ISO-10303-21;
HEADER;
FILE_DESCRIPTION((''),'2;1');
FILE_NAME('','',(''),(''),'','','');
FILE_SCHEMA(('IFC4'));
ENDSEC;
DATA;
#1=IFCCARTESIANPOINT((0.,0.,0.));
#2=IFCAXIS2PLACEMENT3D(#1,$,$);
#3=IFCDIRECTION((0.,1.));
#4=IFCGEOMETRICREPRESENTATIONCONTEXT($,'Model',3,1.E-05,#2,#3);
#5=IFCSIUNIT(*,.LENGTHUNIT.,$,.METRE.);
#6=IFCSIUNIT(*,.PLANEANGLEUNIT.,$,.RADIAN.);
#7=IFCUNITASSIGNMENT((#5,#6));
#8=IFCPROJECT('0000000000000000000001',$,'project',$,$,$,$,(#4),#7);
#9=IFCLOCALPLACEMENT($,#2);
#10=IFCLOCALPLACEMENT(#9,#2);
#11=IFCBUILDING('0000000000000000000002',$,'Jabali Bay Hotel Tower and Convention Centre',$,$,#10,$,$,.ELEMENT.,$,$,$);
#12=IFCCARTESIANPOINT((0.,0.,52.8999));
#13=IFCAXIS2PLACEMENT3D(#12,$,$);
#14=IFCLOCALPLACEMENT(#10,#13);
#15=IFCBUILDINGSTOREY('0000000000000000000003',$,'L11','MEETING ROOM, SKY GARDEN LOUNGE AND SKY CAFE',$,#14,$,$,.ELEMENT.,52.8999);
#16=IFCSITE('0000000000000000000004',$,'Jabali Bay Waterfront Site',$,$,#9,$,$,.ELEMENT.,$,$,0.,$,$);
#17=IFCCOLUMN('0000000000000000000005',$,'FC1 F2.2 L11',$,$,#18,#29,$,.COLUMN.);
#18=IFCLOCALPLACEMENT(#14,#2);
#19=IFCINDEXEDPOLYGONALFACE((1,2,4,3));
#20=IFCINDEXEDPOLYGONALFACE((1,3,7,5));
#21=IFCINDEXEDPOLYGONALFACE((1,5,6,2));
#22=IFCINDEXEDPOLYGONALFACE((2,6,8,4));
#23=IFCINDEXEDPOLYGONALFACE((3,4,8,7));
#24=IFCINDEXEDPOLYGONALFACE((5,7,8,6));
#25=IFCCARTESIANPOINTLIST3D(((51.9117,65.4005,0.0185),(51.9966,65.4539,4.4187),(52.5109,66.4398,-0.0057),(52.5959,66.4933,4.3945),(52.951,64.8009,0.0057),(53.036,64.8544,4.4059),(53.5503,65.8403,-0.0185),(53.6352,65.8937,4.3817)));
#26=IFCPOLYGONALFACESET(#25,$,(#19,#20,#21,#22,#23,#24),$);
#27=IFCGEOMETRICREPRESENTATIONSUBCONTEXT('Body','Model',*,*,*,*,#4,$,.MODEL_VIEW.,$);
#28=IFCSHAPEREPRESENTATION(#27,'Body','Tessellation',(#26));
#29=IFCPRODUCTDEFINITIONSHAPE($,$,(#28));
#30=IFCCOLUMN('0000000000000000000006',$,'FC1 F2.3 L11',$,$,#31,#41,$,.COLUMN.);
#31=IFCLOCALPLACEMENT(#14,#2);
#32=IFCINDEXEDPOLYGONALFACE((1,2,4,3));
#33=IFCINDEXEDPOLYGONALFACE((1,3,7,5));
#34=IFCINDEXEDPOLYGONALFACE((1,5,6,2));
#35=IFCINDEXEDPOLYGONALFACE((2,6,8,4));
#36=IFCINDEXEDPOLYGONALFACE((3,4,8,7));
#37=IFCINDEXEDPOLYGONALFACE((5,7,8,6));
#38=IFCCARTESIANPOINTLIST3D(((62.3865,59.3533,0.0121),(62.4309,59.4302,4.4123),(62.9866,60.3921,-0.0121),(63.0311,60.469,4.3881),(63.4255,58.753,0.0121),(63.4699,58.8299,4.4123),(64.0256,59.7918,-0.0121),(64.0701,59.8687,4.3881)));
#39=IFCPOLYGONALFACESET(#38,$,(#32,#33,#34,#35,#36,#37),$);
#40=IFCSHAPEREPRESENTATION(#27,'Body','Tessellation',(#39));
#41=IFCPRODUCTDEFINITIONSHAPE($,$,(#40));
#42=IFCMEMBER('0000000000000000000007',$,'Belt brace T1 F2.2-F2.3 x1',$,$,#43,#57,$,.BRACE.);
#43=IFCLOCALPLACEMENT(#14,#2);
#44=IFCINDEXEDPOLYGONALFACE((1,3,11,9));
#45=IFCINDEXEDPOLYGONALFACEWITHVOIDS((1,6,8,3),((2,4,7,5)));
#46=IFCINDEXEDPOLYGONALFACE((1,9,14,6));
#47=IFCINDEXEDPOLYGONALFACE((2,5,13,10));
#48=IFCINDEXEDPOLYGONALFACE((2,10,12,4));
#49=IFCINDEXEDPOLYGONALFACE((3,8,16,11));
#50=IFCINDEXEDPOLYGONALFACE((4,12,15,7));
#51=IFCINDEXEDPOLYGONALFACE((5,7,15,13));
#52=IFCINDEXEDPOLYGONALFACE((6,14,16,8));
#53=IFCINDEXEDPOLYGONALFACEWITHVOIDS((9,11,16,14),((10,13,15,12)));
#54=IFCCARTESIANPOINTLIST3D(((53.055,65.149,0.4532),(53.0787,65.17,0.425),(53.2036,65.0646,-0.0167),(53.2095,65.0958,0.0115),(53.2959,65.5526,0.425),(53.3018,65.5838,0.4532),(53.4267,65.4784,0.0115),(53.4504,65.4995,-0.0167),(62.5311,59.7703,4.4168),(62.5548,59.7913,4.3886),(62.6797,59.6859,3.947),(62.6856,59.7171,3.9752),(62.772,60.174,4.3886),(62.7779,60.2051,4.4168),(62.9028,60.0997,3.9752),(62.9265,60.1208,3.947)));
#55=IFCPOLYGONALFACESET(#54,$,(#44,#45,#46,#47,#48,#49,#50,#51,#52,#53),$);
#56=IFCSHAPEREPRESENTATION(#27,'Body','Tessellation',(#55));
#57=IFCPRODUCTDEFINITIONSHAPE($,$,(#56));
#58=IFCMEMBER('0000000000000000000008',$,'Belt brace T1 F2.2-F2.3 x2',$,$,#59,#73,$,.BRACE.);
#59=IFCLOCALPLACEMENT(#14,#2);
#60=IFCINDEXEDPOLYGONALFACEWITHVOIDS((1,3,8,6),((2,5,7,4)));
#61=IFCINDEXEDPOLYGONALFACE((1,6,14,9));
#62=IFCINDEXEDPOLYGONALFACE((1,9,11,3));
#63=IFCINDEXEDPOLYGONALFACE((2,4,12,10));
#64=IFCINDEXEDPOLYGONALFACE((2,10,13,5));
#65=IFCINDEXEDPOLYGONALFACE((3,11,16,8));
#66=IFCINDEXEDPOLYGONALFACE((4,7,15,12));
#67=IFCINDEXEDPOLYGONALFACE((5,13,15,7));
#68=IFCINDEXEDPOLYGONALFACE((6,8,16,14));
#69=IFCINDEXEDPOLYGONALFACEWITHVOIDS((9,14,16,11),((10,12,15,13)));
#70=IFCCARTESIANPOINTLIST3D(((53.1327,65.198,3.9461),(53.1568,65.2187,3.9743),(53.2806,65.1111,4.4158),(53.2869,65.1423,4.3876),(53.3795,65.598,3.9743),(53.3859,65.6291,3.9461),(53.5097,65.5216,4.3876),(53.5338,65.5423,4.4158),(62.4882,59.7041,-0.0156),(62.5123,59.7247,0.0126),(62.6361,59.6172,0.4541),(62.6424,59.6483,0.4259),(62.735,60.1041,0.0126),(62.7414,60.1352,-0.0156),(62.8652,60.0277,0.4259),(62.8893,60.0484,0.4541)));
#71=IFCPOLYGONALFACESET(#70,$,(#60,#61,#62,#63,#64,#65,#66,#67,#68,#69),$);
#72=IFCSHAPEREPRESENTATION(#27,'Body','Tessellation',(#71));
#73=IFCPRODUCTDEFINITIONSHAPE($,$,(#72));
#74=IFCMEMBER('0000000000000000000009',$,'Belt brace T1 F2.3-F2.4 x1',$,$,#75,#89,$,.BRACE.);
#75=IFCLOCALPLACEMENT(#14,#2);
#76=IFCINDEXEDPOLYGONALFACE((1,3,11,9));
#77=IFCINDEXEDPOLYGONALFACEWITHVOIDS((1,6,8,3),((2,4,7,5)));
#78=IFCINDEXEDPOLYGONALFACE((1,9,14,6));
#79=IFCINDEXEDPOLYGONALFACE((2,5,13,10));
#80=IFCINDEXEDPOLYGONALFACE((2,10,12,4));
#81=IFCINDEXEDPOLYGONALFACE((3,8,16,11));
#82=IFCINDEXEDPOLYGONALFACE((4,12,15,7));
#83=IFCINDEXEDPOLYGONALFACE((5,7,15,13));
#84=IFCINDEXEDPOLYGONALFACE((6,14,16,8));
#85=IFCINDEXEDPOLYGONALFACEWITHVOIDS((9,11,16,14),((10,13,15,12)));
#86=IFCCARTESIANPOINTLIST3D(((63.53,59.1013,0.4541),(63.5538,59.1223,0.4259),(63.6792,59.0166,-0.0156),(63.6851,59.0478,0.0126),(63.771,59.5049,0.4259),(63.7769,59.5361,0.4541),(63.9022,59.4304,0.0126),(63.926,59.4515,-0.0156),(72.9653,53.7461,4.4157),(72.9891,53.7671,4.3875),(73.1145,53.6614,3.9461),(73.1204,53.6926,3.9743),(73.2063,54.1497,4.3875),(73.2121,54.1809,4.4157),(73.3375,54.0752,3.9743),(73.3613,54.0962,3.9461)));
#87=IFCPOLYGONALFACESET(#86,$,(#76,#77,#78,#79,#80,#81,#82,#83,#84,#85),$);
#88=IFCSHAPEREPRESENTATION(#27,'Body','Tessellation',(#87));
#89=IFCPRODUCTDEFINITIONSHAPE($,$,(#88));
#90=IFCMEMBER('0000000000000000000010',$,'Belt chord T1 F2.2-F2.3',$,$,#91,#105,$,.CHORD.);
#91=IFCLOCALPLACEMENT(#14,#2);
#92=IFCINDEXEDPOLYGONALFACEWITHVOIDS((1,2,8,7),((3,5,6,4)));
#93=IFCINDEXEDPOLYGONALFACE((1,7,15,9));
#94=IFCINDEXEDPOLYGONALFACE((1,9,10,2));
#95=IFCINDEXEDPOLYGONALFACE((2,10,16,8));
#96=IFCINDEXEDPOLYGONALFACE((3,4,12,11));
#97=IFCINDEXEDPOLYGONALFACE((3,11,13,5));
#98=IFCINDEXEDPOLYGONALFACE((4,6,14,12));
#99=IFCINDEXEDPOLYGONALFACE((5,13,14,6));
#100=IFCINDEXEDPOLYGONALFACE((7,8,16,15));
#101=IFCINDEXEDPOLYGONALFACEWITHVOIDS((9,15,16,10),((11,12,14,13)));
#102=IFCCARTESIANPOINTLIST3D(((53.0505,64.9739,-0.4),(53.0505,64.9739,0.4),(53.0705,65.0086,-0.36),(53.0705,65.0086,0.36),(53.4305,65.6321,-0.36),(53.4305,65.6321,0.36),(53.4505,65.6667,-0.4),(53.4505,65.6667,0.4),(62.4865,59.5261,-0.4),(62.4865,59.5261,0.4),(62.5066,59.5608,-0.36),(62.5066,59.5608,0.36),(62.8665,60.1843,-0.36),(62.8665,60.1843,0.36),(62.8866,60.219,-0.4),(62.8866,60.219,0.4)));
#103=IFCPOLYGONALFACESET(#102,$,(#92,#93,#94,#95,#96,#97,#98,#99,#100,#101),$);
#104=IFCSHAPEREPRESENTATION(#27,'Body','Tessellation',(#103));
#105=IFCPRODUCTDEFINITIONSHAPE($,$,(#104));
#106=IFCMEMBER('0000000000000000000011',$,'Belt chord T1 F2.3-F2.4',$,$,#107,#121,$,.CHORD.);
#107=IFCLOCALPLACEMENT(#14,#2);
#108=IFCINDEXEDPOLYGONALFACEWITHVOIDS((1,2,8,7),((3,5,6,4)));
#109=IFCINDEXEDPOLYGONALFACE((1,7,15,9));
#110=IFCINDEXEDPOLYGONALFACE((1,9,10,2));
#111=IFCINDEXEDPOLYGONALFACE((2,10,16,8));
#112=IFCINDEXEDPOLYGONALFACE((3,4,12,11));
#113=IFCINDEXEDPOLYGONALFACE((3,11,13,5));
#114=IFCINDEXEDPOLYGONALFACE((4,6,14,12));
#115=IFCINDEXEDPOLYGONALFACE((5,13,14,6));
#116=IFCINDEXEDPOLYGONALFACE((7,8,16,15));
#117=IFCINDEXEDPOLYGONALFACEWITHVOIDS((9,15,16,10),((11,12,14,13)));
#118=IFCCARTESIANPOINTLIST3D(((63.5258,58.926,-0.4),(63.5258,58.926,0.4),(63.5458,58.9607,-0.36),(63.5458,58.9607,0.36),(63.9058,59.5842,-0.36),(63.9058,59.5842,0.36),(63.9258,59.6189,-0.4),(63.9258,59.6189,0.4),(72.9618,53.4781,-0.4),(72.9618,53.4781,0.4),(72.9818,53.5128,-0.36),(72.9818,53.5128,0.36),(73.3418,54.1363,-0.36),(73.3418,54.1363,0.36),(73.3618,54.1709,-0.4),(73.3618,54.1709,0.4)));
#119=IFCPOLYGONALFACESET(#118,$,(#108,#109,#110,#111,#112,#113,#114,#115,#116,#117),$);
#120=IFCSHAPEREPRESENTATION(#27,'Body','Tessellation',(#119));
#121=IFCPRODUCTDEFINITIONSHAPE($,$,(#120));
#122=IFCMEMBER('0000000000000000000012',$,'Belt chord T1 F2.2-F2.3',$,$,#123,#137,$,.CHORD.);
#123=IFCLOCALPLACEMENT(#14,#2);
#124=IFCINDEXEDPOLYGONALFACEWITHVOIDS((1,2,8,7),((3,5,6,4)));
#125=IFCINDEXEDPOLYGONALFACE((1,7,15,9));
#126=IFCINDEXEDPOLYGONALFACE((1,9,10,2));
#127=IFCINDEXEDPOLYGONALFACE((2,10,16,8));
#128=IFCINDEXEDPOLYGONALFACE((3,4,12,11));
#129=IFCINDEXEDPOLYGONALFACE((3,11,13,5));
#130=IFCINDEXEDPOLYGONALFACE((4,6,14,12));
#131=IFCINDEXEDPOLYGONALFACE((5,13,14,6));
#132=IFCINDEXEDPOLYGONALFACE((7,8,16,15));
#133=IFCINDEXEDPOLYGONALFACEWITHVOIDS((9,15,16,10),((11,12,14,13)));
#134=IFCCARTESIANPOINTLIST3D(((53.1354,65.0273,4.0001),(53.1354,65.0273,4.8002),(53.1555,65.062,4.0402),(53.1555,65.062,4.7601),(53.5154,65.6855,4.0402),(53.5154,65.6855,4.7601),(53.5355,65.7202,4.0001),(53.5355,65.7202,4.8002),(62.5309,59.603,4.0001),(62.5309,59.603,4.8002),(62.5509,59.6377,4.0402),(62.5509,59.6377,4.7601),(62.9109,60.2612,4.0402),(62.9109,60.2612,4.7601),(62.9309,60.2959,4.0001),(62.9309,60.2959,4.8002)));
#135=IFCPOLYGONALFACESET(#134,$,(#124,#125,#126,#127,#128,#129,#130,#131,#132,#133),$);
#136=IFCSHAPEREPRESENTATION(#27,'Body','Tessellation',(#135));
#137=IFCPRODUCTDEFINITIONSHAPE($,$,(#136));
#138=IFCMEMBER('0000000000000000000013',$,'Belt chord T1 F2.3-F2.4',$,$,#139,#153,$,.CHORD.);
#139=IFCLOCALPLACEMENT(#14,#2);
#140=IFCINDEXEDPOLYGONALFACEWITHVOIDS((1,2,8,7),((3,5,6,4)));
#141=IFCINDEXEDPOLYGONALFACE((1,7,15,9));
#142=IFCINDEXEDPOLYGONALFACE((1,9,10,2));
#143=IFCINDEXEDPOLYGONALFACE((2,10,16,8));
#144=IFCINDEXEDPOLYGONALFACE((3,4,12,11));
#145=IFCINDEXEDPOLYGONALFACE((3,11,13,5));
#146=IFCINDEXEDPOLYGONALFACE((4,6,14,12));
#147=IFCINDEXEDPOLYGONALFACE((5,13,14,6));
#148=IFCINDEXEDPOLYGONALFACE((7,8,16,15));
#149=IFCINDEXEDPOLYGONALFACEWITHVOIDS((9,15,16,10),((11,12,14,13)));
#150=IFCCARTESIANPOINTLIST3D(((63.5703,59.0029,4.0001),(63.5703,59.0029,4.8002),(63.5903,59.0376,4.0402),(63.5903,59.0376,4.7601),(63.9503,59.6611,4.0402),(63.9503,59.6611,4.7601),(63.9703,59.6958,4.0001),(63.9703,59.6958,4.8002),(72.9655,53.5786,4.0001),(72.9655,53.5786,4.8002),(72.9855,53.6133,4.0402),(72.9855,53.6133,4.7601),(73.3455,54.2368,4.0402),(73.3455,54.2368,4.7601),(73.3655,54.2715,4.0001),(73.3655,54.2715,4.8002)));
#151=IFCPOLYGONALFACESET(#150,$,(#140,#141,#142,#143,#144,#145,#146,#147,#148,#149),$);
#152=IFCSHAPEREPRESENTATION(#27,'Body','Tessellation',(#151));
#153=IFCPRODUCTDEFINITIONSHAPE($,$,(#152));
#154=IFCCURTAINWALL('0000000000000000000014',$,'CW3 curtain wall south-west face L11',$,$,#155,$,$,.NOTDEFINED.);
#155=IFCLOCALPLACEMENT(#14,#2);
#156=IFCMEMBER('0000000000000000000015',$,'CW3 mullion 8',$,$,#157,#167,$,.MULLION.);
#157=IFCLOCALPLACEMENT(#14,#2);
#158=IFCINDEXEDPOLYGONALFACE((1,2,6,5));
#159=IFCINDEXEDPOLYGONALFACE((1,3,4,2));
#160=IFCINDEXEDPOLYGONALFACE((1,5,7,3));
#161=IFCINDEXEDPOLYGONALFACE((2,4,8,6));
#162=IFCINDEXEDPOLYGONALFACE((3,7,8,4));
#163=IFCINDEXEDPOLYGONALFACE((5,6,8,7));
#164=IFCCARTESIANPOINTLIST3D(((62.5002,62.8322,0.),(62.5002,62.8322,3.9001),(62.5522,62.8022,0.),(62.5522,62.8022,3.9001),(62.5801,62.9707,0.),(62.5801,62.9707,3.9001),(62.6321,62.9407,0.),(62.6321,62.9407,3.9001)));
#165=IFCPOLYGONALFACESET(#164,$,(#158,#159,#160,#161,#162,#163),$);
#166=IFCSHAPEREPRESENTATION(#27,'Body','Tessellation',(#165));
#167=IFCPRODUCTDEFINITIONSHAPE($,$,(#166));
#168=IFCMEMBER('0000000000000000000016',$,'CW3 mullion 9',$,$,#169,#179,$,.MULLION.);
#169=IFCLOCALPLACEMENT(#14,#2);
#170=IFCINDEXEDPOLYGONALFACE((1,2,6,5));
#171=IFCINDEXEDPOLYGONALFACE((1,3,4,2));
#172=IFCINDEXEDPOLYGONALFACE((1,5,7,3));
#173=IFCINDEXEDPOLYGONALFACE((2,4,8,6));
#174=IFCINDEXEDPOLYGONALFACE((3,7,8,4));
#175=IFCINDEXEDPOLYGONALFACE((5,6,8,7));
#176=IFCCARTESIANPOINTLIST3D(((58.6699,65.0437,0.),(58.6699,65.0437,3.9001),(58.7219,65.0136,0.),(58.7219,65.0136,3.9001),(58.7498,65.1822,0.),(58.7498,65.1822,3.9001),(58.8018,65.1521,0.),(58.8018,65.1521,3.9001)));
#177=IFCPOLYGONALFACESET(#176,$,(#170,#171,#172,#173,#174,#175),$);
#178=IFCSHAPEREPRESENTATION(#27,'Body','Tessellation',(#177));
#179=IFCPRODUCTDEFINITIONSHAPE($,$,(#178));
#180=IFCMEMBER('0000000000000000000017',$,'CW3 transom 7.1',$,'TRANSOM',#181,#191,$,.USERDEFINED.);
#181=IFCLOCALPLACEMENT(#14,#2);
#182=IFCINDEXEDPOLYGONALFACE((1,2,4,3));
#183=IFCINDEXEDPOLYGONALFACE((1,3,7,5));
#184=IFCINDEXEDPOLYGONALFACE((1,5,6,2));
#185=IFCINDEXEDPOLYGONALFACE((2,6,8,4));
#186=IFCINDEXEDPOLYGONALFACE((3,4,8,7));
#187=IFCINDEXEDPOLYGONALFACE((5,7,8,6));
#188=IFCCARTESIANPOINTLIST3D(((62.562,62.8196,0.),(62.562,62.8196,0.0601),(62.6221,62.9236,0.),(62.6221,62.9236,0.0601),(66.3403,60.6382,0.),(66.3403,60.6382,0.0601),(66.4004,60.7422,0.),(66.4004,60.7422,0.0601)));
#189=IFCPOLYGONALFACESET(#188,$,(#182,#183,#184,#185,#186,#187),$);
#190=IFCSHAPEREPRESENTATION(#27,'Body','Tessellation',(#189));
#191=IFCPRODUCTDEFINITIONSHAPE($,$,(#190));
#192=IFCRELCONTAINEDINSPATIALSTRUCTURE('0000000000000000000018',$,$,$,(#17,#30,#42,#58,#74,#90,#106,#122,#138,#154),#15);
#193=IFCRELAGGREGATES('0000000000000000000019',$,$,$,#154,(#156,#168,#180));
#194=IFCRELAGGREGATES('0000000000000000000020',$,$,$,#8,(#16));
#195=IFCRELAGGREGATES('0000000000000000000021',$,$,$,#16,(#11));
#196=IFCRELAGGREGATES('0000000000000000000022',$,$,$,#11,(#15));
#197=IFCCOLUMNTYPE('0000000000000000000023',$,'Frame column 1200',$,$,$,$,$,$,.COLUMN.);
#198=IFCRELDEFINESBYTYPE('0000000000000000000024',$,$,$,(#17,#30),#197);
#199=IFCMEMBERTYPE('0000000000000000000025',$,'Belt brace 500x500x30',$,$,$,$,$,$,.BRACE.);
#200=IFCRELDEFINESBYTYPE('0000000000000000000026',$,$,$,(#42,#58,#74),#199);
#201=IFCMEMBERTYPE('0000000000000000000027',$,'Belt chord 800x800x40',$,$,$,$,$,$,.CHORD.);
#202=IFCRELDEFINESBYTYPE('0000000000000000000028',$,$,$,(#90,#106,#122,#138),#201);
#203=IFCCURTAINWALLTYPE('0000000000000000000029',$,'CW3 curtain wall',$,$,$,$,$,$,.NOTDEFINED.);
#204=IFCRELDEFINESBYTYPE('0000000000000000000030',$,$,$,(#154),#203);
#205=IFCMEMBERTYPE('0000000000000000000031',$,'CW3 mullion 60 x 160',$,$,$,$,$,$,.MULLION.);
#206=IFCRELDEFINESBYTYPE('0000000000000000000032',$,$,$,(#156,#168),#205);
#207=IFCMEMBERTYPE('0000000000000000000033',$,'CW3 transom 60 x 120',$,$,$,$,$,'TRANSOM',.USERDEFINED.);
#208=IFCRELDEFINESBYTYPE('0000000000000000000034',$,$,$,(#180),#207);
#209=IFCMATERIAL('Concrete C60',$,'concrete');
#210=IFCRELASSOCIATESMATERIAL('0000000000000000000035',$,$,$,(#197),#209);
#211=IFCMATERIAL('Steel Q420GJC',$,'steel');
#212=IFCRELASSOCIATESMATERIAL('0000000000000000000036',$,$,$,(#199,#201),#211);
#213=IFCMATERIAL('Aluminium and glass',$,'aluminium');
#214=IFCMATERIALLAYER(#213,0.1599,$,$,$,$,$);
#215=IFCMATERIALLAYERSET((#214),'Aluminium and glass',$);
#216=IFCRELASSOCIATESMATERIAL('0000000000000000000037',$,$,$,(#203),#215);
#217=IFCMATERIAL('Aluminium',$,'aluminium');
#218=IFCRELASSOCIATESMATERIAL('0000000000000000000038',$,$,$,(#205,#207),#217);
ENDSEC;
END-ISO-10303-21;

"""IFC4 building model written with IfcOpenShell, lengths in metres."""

from ifc_helpers import new_model, si_unit, direction, frame, origin, origin_2d, place, context, subcontext, project, spatial, rectangle, hollow_rectangle, extrude, material, layer, layer_set, material_profile, profile_set, type_object, element, aggregate, save


model = new_model("IFC4")

# Units and contexts
model_context = context("Model", 3, precision=1e-05, world=origin(), true_north=direction((0.0, 1.0)))
body_context = subcontext(model_context, "Body", "Model", "MODEL_VIEW")
ifc_project = project(units=[si_unit("LENGTHUNIT", "METRE"), si_unit("PLANEANGLEUNIT", "RADIAN")], contexts=[model_context])

# Site, building, storey
site_placement = place(None, origin())
site = spatial("IfcSite", under=ifc_project, at=site_placement, Name="Jabali Bay Waterfront Site", CompositionType="ELEMENT", RefElevation=0.0)
building_placement = place(site_placement, origin())
building = spatial("IfcBuilding", under=site, at=building_placement, Name="Jabali Bay Hotel Tower and Convention Centre", CompositionType="ELEMENT")
storey_placement = place(building_placement, frame((0.0, 0.0, 52.8999)))
storey = spatial("IfcBuildingStorey", under=building, at=storey_placement, Name="L11", Description="MEETING ROOM, SKY GARDEN LOUNGE AND SKY CAFE", CompositionType="ELEMENT", Elevation=52.8999)

# Columns
ifc_material_1 = material(Name="Concrete C60", Category="concrete")
ifc_material_profile_1 = material_profile(ifc_material_1, rectangle(XDim=1.2, YDim=1.2, at=origin_2d()), Name="Frame column 1200")
ifc_profile_set_1 = profile_set([ifc_material_profile_1], Name="Concrete C60")
column_type = type_object("IfcColumnType", Name="Frame column 1200", PredefinedType="COLUMN", material=ifc_profile_set_1)
column_1_placement = place(storey_placement, frame((52.731, 65.6204, 0.0), z_axis=(0.019304, 0.012148, 0.99974), x_axis=(-0.866164, 0.499646, 0.010653)))
element("IfcColumn", 1, at=column_1_placement, inside=storey, type_object=column_type, Name="FC1 F2.2 L11", PredefinedType="COLUMN", context=body_context, shape_type="SweptSolid", body=[
    extrude(rectangle(XDim=1.2, YDim=1.2, at=origin_2d()), origin(), (0.0, 0.0, 1.0), 4.4014),
])
column_2_placement = place(storey_placement, frame((63.2061, 59.5725, 0.0), z_axis=(0.010096, 0.017474, 0.999796), x_axis=(-0.865867, 0.500274, 0.0)))
element("IfcColumn", 2, at=column_2_placement, inside=storey, type_object=column_type, Name="FC1 F2.3 L11", PredefinedType="COLUMN", context=body_context, shape_type="SweptSolid", body=[
    extrude(rectangle(XDim=1.2, YDim=1.2, at=origin_2d()), origin(), (0.0, 0.0, 1.0), 4.4011),
])

# Members
ifc_material_2 = material(Name="Steel Q420GJC", Category="steel")
ifc_material_profile_2 = material_profile(ifc_material_2, hollow_rectangle(XDim=0.5, YDim=0.5, WallThickness=0.03, at=origin_2d()), Name="Belt brace 500x500x30")
ifc_profile_set_2 = profile_set([ifc_material_profile_2], Name="Steel Q420GJC")
member_type_1 = type_object("IfcMemberType", Name="Belt brace 500x500x30", PredefinedType="BRACE", material=ifc_profile_set_2)
member_1_placement = place(storey_placement, frame((53.2527, 65.3242, 0.2183), z_axis=(0.817279, -0.463891, 0.341849), x_axis=(0.49363, 0.869672, 0.0)))
element("IfcMember", 3, at=member_1_placement, inside=storey, type_object=member_type_1, Name="Belt brace T1 F2.2-F2.3 x1", PredefinedType="BRACE", context=body_context, shape_type="SweptSolid", body=[
    extrude(hollow_rectangle(XDim=0.5, YDim=0.5, WallThickness=0.03, at=origin_2d()), origin(), (0.0, 0.0, 1.0), 11.5947),
])
member_2_placement = place(storey_placement, frame((62.6887, 59.8762, 0.2192), z_axis=(-0.809997, 0.475662, 0.343002), x_axis=(-0.506382, -0.862309, 0.0)))
element("IfcMember", 4, at=member_2_placement, inside=storey, type_object=member_type_1, Name="Belt brace T1 F2.2-F2.3 x2", PredefinedType="BRACE", context=body_context, shape_type="SweptSolid", body=[
    extrude(hollow_rectangle(XDim=0.5, YDim=0.5, WallThickness=0.03, at=origin_2d()), origin(), (0.0, 0.0, 1.0), 11.55),
])
member_3_placement = place(storey_placement, frame((63.728, 59.2764, 0.2192), z_axis=(0.816923, -0.463663, 0.343007), x_axis=(0.493609, 0.869684, 0.0)))
element("IfcMember", 5, at=member_3_placement, inside=storey, type_object=member_type_1, Name="Belt brace T1 F2.3-F2.4 x1", PredefinedType="BRACE", context=body_context, shape_type="SweptSolid", body=[
    extrude(hollow_rectangle(XDim=0.5, YDim=0.5, WallThickness=0.03, at=origin_2d()), origin(), (0.0, 0.0, 1.0), 11.5498),
])
ifc_material_profile_3 = material_profile(ifc_material_2, hollow_rectangle(XDim=0.8, YDim=0.8, WallThickness=0.04, at=origin_2d()), Name="Belt chord 800x800x40")
ifc_profile_set_3 = profile_set([ifc_material_profile_3], Name="Steel Q420GJC")
member_type_2 = type_object("IfcMemberType", Name="Belt chord 800x800x40", PredefinedType="CHORD", material=ifc_profile_set_3)
for number, where, z_axis, x_axis, name in (
    (6, (53.2505, 65.3203, 0.0), (0.866031, -0.49999, 0.0), (0.49999, 0.866031, 0.0), "Belt chord T1 F2.2-F2.3"),
    (7, (63.7258, 59.2725, 0.0), (0.866021, -0.500007, 0.0), (0.500007, 0.866021, 0.0), "Belt chord T1 F2.3-F2.4"),
):
    element("IfcMember", number, at=place(storey_placement, frame(where, z_axis=z_axis, x_axis=x_axis)), inside=storey, type_object=member_type_2, Name=name, PredefinedType="CHORD", context=body_context, shape_type="SweptSolid", body=[
        extrude(hollow_rectangle(XDim=0.8, YDim=0.8, WallThickness=0.04, at=origin_2d()), origin(), (0.0, 0.0, 1.0), 10.8958),
    ])
member_4_placement = place(storey_placement, frame((53.3354, 65.3738, 4.4001), z_axis=(0.866033, -0.499987, 0.0), x_axis=(0.499987, 0.866033, 0.0)))
element("IfcMember", 8, at=member_4_placement, inside=storey, type_object=member_type_2, Name="Belt chord T1 F2.2-F2.3", PredefinedType="CHORD", context=body_context, shape_type="SweptSolid", body=[
    extrude(hollow_rectangle(XDim=0.8, YDim=0.8, WallThickness=0.04, at=origin_2d()), origin(), (0.0, 0.0, 1.0), 10.8489),
])
member_5_placement = place(storey_placement, frame((63.7703, 59.3494, 4.4001), z_axis=(0.866027, -0.499997, 0.0), x_axis=(0.499997, 0.866027, 0.0)))
element("IfcMember", 9, at=member_5_placement, inside=storey, type_object=member_type_2, Name="Belt chord T1 F2.3-F2.4", PredefinedType="CHORD", context=body_context, shape_type="SweptSolid", body=[
    extrude(hollow_rectangle(XDim=0.8, YDim=0.8, WallThickness=0.04, at=origin_2d()), origin(), (0.0, 0.0, 1.0), 10.8486),
])

# Curtain wall, members
ifc_material_3 = material(Name="Aluminium and glass", Category="aluminium")
ifc_layer_1 = layer(ifc_material_3, 0.1599)
ifc_layer_set_1 = layer_set([ifc_layer_1], Name="Aluminium and glass")
curtain_wall_type = type_object("IfcCurtainWallType", Name="CW3 curtain wall", PredefinedType="NOTDEFINED", material=ifc_layer_set_1)
curtain_wall_placement = place(storey_placement, origin())
curtain_wall = element("IfcCurtainWall", 10, at=curtain_wall_placement, inside=storey, type_object=curtain_wall_type, Name="CW3 curtain wall south-west face L11", PredefinedType="NOTDEFINED")
ifc_material_4 = material(Name="Aluminium", Category="aluminium")
ifc_material_profile_4 = material_profile(ifc_material_4, rectangle(XDim=0.1599, YDim=0.0601, at=origin_2d()), Name="CW3 mullion 60 x 160")
ifc_profile_set_4 = profile_set([ifc_material_profile_4], Name="Aluminium")
member_type_3 = type_object("IfcMemberType", Name="CW3 mullion 60 x 160", PredefinedType="MULLION", material=ifc_profile_set_4)
member_6_placement = place(storey_placement, frame((62.5662, 62.8865, 0.0), z_axis=(0.0, 0.0, 1.0), x_axis=(-0.5, -0.866025, 0.0)))
member_6 = element("IfcMember", 11, at=member_6_placement, type_object=member_type_3, Name="CW3 mullion 8", PredefinedType="MULLION", context=body_context, shape_type="SweptSolid", body=[
    extrude(rectangle(XDim=0.1599, YDim=0.0601, at=origin_2d()), origin(), (0.0, 0.0, 1.0), 3.9001),
])
member_7_placement = place(storey_placement, frame((58.7358, 65.0979, 0.0), z_axis=(0.0, 0.0, 1.0), x_axis=(-0.5, -0.866025, 0.0)))
member_7 = element("IfcMember", 12, at=member_7_placement, type_object=member_type_3, Name="CW3 mullion 9", PredefinedType="MULLION", context=body_context, shape_type="SweptSolid", body=[
    extrude(rectangle(XDim=0.1599, YDim=0.0601, at=origin_2d()), origin(), (0.0, 0.0, 1.0), 3.9001),
])
ifc_material_profile_5 = material_profile(ifc_material_4, rectangle(XDim=0.1201, YDim=0.0601, at=origin_2d()), Name="CW3 transom 60 x 120")
ifc_profile_set_5 = profile_set([ifc_material_profile_5], Name="Aluminium")
member_type_4 = type_object("IfcMemberType", Name="CW3 transom 60 x 120", ElementType="TRANSOM", PredefinedType="USERDEFINED", material=ifc_profile_set_5)
member_8_placement = place(storey_placement, frame((66.3704, 60.6902, 0.03), z_axis=(-0.866027, 0.499997, 0.0), x_axis=(-0.499997, -0.866027, 0.0)))
member_8 = element("IfcMember", 13, at=member_8_placement, type_object=member_type_4, Name="CW3 transom 7.1", ObjectType="TRANSOM", PredefinedType="USERDEFINED", context=body_context, shape_type="SweptSolid", body=[
    extrude(rectangle(XDim=0.1201, YDim=0.0601, at=origin_2d()), origin(), (0.0, 0.0, 1.0), 4.3628),
])
aggregate(curtain_wall, [member_6, member_7, member_8])

save(model, "model.ifc")
